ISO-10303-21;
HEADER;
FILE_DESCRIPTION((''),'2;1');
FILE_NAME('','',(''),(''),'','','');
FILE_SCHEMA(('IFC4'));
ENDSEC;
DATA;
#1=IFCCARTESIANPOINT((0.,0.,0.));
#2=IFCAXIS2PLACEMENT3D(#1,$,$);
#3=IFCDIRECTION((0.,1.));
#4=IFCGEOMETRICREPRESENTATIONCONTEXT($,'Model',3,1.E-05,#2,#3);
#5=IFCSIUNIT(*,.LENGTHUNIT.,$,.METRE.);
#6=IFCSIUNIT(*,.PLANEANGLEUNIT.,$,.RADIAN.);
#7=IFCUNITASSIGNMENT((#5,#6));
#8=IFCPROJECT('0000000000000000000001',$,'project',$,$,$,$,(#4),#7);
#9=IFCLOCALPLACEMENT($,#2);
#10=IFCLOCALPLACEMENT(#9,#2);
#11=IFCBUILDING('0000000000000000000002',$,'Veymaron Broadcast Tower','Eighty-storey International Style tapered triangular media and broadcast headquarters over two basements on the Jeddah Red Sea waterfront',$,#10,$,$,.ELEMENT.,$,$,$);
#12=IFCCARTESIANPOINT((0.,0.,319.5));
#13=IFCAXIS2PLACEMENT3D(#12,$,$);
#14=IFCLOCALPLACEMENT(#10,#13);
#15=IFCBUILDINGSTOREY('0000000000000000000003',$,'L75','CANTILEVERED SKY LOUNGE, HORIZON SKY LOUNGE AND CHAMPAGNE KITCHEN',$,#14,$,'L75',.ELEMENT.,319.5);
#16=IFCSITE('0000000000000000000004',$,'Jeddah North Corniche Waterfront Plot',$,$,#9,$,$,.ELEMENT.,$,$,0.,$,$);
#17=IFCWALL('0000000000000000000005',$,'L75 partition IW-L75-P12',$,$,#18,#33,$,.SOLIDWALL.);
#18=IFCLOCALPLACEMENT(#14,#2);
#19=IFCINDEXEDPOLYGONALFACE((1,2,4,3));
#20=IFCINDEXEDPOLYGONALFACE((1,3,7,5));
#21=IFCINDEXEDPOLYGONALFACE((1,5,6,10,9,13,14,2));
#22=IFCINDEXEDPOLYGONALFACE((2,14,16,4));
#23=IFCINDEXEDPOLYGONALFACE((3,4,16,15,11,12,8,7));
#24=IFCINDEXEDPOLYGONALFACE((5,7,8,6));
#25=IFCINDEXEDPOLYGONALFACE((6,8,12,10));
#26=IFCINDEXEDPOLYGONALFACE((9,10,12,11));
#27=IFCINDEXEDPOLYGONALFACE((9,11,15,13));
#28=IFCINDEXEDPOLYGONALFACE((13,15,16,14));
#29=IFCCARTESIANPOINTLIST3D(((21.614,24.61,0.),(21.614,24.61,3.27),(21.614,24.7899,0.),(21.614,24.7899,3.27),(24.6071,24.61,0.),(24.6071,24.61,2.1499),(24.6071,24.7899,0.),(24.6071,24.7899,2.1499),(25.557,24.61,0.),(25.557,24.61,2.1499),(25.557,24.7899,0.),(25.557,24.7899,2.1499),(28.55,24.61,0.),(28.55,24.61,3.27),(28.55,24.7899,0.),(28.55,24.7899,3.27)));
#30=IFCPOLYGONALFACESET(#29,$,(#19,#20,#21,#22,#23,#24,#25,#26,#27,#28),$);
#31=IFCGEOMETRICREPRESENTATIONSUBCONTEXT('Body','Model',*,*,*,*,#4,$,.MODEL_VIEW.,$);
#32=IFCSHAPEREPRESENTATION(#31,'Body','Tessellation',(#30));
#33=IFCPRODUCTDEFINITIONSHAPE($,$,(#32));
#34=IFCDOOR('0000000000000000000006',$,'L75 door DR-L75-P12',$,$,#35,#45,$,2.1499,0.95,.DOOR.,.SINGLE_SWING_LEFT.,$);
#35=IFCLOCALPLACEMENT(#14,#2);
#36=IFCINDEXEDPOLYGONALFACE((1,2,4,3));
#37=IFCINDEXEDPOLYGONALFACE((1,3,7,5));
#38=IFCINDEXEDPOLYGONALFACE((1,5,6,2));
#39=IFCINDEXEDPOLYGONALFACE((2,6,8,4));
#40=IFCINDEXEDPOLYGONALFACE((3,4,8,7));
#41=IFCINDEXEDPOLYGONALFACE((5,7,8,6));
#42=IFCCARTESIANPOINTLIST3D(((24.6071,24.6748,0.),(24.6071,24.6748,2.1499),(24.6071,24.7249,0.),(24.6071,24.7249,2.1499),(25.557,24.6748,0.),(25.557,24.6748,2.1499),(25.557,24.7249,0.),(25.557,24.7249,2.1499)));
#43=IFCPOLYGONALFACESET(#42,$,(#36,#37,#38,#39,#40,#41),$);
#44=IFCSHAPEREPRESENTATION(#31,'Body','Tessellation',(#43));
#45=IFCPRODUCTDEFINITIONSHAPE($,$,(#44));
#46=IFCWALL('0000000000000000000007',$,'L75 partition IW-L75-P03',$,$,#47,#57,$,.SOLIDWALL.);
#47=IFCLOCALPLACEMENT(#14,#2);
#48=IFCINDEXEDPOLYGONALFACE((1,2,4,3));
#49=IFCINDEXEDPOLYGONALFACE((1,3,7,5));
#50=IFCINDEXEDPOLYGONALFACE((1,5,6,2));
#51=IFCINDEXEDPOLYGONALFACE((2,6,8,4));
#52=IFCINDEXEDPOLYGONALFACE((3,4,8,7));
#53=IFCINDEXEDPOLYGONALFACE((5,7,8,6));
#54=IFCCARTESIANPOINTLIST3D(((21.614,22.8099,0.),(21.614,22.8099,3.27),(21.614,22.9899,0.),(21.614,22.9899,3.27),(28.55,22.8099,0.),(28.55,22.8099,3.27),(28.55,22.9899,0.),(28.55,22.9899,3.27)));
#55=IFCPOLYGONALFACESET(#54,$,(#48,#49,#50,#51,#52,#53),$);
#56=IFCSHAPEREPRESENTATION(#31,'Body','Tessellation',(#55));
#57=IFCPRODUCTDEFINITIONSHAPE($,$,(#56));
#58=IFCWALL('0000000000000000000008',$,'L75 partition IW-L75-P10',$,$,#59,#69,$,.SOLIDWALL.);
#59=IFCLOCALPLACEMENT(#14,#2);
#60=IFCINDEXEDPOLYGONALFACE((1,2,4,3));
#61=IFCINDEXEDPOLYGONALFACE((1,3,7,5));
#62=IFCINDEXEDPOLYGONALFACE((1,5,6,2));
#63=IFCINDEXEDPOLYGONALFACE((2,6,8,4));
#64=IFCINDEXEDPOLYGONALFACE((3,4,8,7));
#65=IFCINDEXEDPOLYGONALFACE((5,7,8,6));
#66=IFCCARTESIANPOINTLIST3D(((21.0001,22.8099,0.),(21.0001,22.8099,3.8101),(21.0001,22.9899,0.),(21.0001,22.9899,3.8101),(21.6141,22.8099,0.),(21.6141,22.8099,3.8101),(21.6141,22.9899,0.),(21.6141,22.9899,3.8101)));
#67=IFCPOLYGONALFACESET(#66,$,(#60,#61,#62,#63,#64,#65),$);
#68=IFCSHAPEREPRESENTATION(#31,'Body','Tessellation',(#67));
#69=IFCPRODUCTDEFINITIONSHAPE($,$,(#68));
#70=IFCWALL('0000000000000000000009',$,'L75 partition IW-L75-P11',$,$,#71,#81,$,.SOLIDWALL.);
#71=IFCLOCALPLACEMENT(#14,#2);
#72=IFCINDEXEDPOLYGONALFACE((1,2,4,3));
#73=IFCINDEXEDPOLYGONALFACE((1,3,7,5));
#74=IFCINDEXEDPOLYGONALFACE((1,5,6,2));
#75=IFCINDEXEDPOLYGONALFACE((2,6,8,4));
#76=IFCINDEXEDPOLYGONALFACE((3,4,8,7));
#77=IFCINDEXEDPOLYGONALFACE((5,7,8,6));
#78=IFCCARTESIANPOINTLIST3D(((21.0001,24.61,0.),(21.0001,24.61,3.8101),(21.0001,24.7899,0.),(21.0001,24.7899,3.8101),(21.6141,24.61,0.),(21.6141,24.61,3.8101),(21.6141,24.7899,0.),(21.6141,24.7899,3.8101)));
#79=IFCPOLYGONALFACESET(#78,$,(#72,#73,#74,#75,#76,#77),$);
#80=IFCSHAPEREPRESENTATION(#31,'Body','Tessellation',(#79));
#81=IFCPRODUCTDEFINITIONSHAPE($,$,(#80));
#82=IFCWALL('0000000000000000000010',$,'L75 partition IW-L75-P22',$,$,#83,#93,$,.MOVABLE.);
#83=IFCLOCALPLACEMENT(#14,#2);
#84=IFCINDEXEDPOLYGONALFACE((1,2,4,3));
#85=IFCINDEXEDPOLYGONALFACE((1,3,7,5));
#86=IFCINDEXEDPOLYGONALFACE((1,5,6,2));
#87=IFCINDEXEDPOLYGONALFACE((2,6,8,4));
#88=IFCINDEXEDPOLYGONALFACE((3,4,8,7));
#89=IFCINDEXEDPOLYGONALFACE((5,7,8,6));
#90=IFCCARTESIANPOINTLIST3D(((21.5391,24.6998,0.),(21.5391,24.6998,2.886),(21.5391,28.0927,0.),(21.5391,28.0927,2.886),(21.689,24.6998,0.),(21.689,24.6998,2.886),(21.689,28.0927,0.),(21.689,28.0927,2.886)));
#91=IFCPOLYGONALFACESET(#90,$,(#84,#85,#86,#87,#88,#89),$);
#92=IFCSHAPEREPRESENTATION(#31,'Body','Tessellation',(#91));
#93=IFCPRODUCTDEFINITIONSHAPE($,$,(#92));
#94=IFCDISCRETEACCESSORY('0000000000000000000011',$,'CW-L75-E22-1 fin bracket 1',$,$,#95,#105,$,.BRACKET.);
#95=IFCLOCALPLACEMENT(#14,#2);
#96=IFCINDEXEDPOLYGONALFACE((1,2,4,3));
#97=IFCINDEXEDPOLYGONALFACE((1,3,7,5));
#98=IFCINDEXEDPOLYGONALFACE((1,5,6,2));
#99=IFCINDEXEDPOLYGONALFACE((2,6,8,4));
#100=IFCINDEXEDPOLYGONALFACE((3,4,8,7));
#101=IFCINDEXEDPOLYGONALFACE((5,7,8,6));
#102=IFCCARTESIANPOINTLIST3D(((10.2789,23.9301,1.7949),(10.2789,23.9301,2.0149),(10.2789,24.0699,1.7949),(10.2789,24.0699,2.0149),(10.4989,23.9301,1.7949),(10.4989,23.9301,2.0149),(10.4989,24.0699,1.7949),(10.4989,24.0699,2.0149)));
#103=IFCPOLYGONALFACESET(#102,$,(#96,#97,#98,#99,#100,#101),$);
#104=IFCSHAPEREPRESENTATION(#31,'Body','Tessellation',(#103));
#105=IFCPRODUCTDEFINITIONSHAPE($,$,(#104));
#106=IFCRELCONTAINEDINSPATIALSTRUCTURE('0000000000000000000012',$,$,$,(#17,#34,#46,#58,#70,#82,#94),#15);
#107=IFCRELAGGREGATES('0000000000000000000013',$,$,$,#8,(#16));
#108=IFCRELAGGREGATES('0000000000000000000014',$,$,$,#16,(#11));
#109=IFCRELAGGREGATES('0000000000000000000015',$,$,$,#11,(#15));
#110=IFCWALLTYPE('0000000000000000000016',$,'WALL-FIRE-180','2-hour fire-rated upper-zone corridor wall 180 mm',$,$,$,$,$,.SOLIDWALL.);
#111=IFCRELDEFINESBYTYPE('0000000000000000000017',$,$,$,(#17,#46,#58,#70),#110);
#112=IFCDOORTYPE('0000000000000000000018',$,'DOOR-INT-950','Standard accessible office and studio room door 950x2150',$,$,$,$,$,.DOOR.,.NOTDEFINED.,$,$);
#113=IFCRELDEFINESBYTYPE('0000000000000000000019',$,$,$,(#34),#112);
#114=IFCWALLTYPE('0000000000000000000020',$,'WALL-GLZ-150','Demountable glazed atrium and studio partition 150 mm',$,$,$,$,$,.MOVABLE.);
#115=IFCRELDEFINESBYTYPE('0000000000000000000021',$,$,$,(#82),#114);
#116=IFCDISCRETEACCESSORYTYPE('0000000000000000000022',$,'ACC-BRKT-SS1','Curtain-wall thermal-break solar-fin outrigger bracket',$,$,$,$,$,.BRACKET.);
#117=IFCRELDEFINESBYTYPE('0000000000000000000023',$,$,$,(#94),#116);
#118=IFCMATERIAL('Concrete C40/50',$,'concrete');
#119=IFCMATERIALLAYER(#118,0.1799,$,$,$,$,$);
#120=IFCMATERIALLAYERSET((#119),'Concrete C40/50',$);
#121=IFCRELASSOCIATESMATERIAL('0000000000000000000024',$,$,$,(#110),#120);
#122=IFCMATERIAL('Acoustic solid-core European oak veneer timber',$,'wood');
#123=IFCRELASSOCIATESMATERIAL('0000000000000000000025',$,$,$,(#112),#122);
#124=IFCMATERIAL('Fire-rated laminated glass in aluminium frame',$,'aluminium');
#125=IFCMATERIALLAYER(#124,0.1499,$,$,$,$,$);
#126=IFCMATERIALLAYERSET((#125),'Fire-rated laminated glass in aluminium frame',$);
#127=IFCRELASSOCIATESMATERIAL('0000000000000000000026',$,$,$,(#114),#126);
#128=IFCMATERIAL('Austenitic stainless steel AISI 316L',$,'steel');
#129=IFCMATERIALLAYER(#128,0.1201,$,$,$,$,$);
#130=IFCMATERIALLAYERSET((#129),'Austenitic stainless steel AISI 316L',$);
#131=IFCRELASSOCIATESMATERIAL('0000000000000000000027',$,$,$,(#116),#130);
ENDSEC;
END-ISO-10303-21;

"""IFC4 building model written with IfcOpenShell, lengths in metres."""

from ifc_helpers import new_model, si_unit, direction, frame, frame_2d, origin, origin_2d, place, context, subcontext, project, spatial, rectangle, extrude, material, layer, layer_set, type_object, element, fill, save


model = new_model("IFC4")

# Units and contexts
model_context = context("Model", 3, precision=1e-05, world=origin(), true_north=direction((0.0, 1.0)))
body_context = subcontext(model_context, "Body", "Model", "MODEL_VIEW")
ifc_project = project(units=[si_unit("LENGTHUNIT", "METRE"), si_unit("PLANEANGLEUNIT", "RADIAN")], contexts=[model_context])

# Site, building, storey
site_placement = place(None, origin())
site = spatial("IfcSite", under=ifc_project, at=site_placement, Name="Jeddah North Corniche Waterfront Plot", CompositionType="ELEMENT", RefElevation=0.0)
building_placement = place(site_placement, origin())
building = spatial("IfcBuilding", under=site, at=building_placement, Name="Veymaron Broadcast Tower", Description="Eighty-storey International Style tapered triangular media and broadcast headquarters over two basements on the Jeddah Red Sea waterfront", CompositionType="ELEMENT")
storey_placement = place(building_placement, frame((0.0, 0.0, 319.5)))
storey = spatial("IfcBuildingStorey", under=building, at=storey_placement, Name="L75", Description="CANTILEVERED SKY LOUNGE, HORIZON SKY LOUNGE AND CHAMPAGNE KITCHEN", LongName="L75", CompositionType="ELEMENT", Elevation=319.5)

# Wall, opening, door
ifc_material_1 = material(Name="Concrete C40/50", Category="concrete")
ifc_layer_1 = layer(ifc_material_1, 0.1799)
ifc_layer_set_1 = layer_set([ifc_layer_1], Name="Concrete C40/50")
wall_type_1 = type_object("IfcWallType", Name="WALL-FIRE-180", Description="2-hour fire-rated upper-zone corridor wall 180 mm", PredefinedType="SOLIDWALL", material=ifc_layer_set_1)
wall_1_placement = place(storey_placement, frame((21.614, 24.7, 0.0), z_axis=(0.0, 0.0, 1.0), x_axis=(1.0, 0.0, 0.0)))
wall_1 = element("IfcWall", 1, at=wall_1_placement, inside=storey, type_object=wall_type_1, Name="L75 partition IW-L75-P12", PredefinedType="SOLIDWALL", context=body_context, shape_type="SweptSolid", body=[
    extrude(rectangle(XDim=6.936, YDim=0.1799, at=frame_2d((3.468, 0.0))), origin(), (0.0, 0.0, 1.0), 3.27),
])
opening_placement = place(wall_1_placement, frame((2.9929, 0.0, 0.0)))
opening = element("IfcOpeningElement", 2, at=opening_placement, cuts=wall_1, PredefinedType="OPENING", context=body_context, shape_type="SweptSolid", body=[
    extrude(rectangle(XDim=0.95, YDim=2.1499, at=frame_2d((0.4751, 1.075))), frame((0.0, 0.1001, 0.0), z_axis=(0.0, -1.0, 0.0), x_axis=(1.0, 0.0, 0.0)), (0.0, 0.0, 1.0), 0.2),
])
ifc_material_2 = material(Name="Acoustic solid-core European oak veneer timber", Category="wood")
door_type = type_object("IfcDoorType", Name="DOOR-INT-950", Description="Standard accessible office and studio room door 950x2150", OperationType="NOTDEFINED", PredefinedType="DOOR", material=ifc_material_2)
door_placement = place(opening_placement, origin())
door = element("IfcDoor", 3, at=door_placement, inside=storey, type_object=door_type, Name="L75 door DR-L75-P12", OperationType="SINGLE_SWING_LEFT", OverallHeight=2.1499, OverallWidth=0.95, PredefinedType="DOOR", context=body_context, shape_type="SweptSolid", body=[
    extrude(rectangle(XDim=0.95, YDim=2.1499, at=frame_2d((0.4751, 1.075))), frame((0.0, 0.0249, 0.0), z_axis=(0.0, -1.0, 0.0), x_axis=(1.0, 0.0, 0.0)), (0.0, 0.0, 1.0), 0.05),
])
fill(opening, door)

# Walls
wall_2_placement = place(storey_placement, frame((21.614, 22.8999, 0.0), z_axis=(0.0, 0.0, 1.0), x_axis=(1.0, 0.0, 0.0)))
element("IfcWall", 4, at=wall_2_placement, inside=storey, type_object=wall_type_1, Name="L75 partition IW-L75-P03", PredefinedType="SOLIDWALL", context=body_context, shape_type="SweptSolid", body=[
    extrude(rectangle(XDim=6.936, YDim=0.1799, at=frame_2d((3.468, 0.0))), origin(), (0.0, 0.0, 1.0), 3.27),
])
for number, where, z_axis, x_axis, name in (
    (5, (21.0, 22.8999, 0.0), (0.0, 0.0, 1.0), (1.0, 0.0, 0.0), "L75 partition IW-L75-P10"),
    (6, (21.0, 24.7, 0.0), (0.0, 0.0, 1.0), (1.0, 0.0, 0.0), "L75 partition IW-L75-P11"),
):
    element("IfcWall", number, at=place(storey_placement, frame(where, z_axis=z_axis, x_axis=x_axis)), inside=storey, type_object=wall_type_1, Name=name, PredefinedType="SOLIDWALL", context=body_context, shape_type="SweptSolid", body=[
        extrude(rectangle(XDim=0.614, YDim=0.1799, at=frame_2d((0.3071, 0.0))), origin(), (0.0, 0.0, 1.0), 3.8101),
    ])
ifc_material_3 = material(Name="Fire-rated laminated glass in aluminium frame", Category="aluminium")
ifc_layer_2 = layer(ifc_material_3, 0.1499)
ifc_layer_set_2 = layer_set([ifc_layer_2], Name="Fire-rated laminated glass in aluminium frame")
wall_type_2 = type_object("IfcWallType", Name="WALL-GLZ-150", Description="Demountable glazed atrium and studio partition 150 mm", PredefinedType="MOVABLE", material=ifc_layer_set_2)
wall_3_placement = place(storey_placement, frame((21.614, 24.7, 0.0), z_axis=(0.0, 0.0, 1.0), x_axis=(0.0, 1.0, 0.0)))
element("IfcWall", 7, at=wall_3_placement, inside=storey, type_object=wall_type_2, Name="L75 partition IW-L75-P22", PredefinedType="MOVABLE", context=body_context, shape_type="SweptSolid", body=[
    extrude(rectangle(XDim=3.3928, YDim=0.1499, at=frame_2d((1.6963, 0.0))), origin(), (0.0, 0.0, 1.0), 2.886),
])

# Discrete accessory
ifc_material_4 = material(Name="Austenitic stainless steel AISI 316L", Category="steel")
ifc_layer_3 = layer(ifc_material_4, 0.1201)
ifc_layer_set_3 = layer_set([ifc_layer_3], Name="Austenitic stainless steel AISI 316L")
discrete_accessory_type = type_object("IfcDiscreteAccessoryType", Name="ACC-BRKT-SS1", Description="Curtain-wall thermal-break solar-fin outrigger bracket", PredefinedType="BRACKET", material=ifc_layer_set_3)
discrete_accessory_placement = place(storey_placement, frame((10.3889, 24.0, 1.7949), z_axis=(0.0, 0.0, 1.0), x_axis=(-1.0, 0.0, 0.0)))
element("IfcDiscreteAccessory", 8, at=discrete_accessory_placement, inside=storey, type_object=discrete_accessory_type, Name="CW-L75-E22-1 fin bracket 1", PredefinedType="BRACKET", context=body_context, shape_type="SweptSolid", body=[
    extrude(rectangle(XDim=0.22, YDim=0.1399, at=origin_2d()), origin(), (0.0, 0.0, 1.0), 0.22),
])

save(model, "model.ifc")
